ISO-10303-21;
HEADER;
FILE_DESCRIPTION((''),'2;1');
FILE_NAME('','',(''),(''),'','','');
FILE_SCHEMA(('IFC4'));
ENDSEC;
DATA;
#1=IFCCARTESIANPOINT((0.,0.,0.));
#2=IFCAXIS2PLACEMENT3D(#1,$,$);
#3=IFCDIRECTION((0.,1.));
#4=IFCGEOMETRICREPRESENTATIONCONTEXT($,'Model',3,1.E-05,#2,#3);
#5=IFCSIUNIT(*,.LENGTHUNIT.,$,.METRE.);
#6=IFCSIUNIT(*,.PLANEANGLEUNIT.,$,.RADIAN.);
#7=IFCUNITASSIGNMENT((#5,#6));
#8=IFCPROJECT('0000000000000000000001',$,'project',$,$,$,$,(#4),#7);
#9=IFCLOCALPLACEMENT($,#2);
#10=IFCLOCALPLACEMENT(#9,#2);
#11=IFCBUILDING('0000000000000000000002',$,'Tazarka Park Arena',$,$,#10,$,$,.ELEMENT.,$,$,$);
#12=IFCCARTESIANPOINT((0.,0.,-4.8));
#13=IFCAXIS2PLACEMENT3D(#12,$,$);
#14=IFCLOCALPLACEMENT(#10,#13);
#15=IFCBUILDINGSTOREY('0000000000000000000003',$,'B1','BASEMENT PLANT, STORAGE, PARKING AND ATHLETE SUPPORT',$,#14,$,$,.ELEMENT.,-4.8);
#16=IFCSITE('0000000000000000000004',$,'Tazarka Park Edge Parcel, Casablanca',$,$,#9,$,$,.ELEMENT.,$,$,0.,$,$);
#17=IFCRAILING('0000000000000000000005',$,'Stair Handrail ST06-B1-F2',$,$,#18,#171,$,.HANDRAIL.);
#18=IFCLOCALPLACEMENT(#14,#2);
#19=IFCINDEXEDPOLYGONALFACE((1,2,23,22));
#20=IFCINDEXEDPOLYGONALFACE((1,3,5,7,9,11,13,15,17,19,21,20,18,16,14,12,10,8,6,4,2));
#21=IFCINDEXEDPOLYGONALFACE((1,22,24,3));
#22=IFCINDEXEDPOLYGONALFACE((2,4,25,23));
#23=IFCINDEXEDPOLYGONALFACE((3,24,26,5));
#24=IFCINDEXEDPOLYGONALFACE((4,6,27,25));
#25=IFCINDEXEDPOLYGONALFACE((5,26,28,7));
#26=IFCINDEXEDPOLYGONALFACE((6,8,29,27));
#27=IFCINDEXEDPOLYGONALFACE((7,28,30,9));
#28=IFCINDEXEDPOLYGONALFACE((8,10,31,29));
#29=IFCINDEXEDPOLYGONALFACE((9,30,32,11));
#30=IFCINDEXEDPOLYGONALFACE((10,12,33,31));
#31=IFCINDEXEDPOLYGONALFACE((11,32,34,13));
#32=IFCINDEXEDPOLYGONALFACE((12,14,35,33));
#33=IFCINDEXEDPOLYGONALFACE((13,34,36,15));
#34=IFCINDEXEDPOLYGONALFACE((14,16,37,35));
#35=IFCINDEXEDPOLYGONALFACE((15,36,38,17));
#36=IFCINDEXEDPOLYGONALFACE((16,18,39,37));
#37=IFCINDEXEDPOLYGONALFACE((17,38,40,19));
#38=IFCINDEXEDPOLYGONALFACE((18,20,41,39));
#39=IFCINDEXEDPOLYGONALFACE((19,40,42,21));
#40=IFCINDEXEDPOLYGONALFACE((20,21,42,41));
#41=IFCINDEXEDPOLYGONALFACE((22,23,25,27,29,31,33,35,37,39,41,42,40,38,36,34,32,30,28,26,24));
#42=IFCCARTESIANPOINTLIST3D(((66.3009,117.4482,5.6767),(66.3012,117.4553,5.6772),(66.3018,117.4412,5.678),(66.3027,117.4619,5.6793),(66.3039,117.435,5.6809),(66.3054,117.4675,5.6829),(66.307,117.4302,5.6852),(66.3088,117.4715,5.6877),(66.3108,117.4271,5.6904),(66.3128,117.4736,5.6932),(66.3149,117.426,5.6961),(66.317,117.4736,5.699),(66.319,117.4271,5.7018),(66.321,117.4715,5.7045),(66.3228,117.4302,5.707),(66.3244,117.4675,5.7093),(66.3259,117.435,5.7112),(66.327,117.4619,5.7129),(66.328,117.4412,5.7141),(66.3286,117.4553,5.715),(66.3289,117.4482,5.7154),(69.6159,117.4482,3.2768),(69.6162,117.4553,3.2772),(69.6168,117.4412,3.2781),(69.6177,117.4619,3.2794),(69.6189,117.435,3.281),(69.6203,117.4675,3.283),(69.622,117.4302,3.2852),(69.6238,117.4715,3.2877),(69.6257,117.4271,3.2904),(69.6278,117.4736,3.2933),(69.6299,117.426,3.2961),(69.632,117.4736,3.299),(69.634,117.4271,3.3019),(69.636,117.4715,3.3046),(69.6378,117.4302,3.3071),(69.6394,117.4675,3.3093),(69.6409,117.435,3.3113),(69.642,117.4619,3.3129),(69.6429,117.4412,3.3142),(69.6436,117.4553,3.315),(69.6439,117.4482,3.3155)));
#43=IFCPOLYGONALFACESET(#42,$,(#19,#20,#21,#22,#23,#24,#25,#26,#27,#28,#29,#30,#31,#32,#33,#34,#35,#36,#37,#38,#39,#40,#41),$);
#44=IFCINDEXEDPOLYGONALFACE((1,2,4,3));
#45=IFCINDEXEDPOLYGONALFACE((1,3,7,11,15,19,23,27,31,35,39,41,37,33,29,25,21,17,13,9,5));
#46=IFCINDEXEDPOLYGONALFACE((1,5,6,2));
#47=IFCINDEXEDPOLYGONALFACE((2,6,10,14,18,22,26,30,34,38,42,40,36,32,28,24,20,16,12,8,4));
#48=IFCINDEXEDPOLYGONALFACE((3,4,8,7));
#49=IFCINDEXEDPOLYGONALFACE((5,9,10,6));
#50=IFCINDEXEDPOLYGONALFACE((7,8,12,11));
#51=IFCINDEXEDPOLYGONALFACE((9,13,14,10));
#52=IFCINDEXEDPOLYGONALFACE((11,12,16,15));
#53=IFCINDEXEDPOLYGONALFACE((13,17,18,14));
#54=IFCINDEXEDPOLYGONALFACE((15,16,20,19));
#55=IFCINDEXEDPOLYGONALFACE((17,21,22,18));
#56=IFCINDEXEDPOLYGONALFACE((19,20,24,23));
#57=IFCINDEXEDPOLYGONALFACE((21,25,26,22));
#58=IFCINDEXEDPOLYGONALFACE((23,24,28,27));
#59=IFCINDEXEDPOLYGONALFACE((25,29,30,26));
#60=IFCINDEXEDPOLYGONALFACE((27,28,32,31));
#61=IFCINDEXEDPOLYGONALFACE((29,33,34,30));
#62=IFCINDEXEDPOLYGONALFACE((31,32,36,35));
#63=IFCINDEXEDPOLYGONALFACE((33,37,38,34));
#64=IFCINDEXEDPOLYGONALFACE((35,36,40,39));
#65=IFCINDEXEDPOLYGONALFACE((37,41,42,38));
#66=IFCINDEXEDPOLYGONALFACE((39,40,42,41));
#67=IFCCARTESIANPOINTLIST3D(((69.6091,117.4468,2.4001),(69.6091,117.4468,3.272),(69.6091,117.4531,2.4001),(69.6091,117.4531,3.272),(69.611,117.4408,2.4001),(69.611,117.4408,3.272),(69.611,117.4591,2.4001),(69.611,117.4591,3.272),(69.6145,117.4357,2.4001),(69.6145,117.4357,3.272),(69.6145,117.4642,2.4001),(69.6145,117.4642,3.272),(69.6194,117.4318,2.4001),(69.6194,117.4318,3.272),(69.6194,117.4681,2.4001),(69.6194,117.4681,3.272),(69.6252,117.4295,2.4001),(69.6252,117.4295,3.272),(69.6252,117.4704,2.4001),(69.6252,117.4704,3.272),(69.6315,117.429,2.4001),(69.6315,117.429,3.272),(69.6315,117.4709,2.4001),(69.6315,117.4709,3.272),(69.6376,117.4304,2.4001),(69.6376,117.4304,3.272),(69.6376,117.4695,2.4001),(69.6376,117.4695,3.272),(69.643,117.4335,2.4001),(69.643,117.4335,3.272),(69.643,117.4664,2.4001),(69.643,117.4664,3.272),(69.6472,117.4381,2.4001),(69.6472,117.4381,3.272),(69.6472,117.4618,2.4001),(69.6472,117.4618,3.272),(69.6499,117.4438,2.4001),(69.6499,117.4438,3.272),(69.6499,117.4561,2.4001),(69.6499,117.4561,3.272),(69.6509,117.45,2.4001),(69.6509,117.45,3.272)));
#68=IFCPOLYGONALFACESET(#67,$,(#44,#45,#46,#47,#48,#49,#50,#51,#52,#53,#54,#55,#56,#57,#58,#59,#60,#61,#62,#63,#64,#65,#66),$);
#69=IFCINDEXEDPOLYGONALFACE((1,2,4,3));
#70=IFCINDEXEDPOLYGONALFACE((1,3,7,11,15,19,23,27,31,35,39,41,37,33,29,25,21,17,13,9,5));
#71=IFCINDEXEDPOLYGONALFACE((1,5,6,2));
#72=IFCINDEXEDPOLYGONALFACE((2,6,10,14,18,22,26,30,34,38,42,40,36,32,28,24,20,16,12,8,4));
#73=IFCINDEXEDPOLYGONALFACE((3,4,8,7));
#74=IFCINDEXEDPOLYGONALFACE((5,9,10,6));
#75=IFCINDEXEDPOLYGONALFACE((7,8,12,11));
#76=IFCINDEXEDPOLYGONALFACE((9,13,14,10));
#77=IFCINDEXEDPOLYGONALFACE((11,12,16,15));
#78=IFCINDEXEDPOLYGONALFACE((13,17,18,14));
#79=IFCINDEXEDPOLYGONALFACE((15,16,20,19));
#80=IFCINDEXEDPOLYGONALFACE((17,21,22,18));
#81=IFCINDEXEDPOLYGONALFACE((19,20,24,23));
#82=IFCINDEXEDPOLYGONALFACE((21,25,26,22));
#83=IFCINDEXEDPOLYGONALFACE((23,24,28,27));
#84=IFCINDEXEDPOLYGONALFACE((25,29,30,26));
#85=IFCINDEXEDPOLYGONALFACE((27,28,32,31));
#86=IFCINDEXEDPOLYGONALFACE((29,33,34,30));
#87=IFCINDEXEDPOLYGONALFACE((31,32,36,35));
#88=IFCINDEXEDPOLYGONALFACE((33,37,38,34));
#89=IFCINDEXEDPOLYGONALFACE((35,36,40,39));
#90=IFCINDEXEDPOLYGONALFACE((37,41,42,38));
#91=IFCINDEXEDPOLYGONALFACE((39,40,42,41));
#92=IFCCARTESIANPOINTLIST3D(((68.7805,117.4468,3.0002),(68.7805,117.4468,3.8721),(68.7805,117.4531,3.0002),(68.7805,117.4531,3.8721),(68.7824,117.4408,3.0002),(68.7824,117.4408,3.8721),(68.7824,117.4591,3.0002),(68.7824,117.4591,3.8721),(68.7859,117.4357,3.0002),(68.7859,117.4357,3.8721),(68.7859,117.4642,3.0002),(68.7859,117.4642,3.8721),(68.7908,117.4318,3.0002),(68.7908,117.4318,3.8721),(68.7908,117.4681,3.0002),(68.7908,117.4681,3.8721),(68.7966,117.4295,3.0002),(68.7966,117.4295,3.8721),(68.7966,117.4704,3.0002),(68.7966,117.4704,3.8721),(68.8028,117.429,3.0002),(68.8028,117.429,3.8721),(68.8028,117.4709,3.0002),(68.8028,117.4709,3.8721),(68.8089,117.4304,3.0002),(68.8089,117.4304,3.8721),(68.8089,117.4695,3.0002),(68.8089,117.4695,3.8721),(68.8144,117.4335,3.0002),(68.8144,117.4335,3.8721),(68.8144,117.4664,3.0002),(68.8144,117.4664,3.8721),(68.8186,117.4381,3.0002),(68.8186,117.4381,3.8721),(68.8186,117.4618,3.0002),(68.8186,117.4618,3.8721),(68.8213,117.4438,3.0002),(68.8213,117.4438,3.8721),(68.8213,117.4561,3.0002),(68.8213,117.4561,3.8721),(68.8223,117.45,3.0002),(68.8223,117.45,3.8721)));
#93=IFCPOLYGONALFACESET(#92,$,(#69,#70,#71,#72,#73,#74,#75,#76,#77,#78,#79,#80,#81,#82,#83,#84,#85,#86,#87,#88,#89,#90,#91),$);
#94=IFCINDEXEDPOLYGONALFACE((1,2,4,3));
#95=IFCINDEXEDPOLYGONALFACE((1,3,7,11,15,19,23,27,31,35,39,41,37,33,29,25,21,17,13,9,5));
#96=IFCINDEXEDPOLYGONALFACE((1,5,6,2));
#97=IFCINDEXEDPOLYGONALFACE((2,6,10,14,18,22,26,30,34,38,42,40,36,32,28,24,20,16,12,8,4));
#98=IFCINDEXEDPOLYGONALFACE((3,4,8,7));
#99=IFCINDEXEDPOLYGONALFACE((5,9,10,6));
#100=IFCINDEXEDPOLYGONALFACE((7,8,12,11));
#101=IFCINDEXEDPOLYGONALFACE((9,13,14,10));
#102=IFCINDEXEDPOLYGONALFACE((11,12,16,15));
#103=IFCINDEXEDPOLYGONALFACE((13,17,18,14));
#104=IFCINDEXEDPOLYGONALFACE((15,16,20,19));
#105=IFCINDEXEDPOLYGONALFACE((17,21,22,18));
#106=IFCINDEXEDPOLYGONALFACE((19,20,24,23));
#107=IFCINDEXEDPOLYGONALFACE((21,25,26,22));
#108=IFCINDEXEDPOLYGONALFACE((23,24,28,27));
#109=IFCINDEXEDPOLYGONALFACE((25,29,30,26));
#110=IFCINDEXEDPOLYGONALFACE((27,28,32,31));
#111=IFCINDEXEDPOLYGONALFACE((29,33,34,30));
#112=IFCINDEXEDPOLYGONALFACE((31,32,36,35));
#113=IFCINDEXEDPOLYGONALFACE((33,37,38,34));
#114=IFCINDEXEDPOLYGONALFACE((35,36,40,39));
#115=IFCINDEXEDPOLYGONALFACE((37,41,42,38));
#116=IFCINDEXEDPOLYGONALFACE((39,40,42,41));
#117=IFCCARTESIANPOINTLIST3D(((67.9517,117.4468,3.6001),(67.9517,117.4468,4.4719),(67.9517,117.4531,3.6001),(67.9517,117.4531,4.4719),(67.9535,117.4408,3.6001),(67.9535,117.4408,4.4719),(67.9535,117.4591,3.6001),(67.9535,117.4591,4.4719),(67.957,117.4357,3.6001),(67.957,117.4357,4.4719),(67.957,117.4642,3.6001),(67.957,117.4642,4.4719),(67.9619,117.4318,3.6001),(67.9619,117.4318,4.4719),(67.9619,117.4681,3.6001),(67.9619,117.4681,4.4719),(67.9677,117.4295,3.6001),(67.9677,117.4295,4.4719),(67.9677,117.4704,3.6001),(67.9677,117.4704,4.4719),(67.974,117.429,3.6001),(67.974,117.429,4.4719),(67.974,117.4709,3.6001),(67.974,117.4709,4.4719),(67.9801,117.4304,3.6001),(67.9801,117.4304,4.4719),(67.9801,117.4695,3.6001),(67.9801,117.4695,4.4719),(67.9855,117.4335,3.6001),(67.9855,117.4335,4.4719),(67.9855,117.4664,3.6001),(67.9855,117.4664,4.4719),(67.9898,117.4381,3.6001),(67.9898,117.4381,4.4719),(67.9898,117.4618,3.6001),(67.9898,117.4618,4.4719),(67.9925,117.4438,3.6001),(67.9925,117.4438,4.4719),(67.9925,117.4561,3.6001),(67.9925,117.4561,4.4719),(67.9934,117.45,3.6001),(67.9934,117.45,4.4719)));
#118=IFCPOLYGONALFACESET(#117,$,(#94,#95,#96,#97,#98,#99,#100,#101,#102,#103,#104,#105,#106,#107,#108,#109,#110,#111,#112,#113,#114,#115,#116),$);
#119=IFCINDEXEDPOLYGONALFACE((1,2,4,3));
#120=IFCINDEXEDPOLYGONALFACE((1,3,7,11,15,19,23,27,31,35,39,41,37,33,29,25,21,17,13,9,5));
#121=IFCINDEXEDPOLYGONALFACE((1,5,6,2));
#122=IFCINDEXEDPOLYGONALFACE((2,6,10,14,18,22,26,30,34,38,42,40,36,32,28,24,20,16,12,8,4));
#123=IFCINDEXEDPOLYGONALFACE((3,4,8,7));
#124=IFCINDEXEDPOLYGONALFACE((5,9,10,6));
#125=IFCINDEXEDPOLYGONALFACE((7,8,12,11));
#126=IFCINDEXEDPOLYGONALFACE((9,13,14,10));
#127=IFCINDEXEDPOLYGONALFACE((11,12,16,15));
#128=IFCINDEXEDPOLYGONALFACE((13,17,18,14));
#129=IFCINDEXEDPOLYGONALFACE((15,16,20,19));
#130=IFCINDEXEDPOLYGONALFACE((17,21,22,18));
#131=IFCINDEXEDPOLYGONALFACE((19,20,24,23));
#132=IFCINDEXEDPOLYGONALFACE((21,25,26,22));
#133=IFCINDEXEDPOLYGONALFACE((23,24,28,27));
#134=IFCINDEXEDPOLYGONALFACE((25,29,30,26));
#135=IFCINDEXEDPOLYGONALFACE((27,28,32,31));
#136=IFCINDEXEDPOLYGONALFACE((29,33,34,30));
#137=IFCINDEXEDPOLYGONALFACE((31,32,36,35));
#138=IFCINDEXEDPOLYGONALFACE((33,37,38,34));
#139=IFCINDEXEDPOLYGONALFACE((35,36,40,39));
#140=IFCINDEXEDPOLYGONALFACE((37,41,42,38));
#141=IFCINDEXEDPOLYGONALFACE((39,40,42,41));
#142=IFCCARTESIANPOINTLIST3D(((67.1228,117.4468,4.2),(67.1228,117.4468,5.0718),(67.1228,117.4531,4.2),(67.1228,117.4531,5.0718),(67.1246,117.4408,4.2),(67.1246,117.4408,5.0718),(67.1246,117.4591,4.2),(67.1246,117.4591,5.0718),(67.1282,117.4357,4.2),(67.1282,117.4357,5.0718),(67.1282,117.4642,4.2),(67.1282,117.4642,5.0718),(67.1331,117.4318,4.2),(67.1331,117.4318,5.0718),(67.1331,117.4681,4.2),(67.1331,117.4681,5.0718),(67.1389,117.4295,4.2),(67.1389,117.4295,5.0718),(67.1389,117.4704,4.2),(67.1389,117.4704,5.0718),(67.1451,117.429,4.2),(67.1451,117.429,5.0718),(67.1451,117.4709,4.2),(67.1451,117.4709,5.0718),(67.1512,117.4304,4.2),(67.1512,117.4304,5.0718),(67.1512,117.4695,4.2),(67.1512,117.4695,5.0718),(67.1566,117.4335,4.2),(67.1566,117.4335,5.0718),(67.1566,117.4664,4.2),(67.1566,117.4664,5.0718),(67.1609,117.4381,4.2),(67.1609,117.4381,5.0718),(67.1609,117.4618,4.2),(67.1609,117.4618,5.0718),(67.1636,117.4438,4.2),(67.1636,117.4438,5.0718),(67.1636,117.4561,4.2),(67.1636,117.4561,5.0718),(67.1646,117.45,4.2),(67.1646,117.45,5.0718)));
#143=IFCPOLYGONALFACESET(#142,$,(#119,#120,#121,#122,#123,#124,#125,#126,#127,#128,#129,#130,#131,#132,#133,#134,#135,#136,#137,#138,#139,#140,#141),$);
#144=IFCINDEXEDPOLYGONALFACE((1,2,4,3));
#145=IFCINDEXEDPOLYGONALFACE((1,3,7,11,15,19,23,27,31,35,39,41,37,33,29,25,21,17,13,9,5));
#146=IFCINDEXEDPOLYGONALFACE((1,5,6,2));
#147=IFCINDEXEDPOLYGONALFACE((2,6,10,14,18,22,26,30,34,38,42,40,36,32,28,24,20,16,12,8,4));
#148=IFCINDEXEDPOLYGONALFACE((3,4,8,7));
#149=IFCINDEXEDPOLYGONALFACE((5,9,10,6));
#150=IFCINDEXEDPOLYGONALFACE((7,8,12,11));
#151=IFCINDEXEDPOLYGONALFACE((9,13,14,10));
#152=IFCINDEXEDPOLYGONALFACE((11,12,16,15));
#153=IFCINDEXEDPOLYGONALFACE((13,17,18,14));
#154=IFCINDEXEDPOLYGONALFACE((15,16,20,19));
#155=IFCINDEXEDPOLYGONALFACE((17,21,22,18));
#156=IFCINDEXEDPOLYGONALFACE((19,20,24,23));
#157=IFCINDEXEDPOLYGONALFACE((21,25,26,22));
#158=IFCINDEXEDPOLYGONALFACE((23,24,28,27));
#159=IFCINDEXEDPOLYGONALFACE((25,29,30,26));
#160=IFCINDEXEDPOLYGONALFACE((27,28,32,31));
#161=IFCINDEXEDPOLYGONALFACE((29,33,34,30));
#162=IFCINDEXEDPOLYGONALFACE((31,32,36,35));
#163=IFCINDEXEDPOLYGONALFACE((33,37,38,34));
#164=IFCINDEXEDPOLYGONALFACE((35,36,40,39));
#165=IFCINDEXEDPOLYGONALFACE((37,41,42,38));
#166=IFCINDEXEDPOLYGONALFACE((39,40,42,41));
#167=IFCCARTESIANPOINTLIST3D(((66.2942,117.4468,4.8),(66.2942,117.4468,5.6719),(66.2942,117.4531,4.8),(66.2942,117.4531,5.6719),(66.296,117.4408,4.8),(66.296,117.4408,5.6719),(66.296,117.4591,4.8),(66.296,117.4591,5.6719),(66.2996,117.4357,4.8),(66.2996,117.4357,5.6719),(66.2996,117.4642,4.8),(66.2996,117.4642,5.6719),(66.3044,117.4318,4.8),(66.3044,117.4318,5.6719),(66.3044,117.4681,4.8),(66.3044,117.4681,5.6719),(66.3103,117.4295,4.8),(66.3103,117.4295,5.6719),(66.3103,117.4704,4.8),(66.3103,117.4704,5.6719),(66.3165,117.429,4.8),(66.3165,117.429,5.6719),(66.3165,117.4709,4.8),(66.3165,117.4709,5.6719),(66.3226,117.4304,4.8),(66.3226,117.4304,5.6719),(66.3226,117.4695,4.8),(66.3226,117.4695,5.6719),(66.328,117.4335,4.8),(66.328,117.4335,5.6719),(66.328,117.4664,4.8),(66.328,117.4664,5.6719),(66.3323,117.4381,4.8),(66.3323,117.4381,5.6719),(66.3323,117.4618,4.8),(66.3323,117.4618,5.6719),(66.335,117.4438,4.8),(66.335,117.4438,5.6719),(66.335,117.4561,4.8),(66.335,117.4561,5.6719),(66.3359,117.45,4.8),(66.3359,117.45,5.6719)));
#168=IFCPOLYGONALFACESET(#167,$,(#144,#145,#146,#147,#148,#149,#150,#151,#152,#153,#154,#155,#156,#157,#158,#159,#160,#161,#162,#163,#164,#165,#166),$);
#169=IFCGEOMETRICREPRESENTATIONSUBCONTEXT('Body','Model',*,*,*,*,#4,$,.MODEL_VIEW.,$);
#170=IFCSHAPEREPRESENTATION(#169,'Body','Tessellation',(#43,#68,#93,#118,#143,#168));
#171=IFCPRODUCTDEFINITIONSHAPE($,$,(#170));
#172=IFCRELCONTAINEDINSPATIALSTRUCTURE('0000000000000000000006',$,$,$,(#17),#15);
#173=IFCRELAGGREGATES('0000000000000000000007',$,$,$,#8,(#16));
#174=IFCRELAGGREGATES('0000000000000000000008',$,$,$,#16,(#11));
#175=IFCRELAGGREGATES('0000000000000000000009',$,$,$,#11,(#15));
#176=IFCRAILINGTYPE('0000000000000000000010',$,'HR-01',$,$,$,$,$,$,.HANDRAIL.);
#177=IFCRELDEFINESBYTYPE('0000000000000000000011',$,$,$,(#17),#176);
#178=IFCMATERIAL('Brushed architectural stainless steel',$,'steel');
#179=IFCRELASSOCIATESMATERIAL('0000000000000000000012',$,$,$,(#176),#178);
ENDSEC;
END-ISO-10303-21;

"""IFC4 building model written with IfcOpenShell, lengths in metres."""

from ifc_helpers import new_model, si_unit, direction, frame, origin, origin_2d, place, context, subcontext, project, spatial, circle, extrude, material, type_object, element, save


model = new_model("IFC4")

# Units and contexts
model_context = context("Model", 3, precision=1e-05, world=origin(), true_north=direction((0.0, 1.0)))
body_context = subcontext(model_context, "Body", "Model", "MODEL_VIEW")
ifc_project = project(units=[si_unit("LENGTHUNIT", "METRE"), si_unit("PLANEANGLEUNIT", "RADIAN")], contexts=[model_context])

# Site, building, storey
site_placement = place(None, origin())
site = spatial("IfcSite", under=ifc_project, at=site_placement, Name="Tazarka Park Edge Parcel, Casablanca", CompositionType="ELEMENT", RefElevation=0.0)
building_placement = place(site_placement, origin())
building = spatial("IfcBuilding", under=site, at=building_placement, Name="Tazarka Park Arena", CompositionType="ELEMENT")
storey_placement = place(building_placement, frame((0.0, 0.0, -4.8)))
storey = spatial("IfcBuildingStorey", under=building, at=storey_placement, Name="B1", Description="BASEMENT PLANT, STORAGE, PARKING AND ATHLETE SUPPORT", CompositionType="ELEMENT", Elevation=-4.8)

# Railing
ifc_material_1 = material(Name="Brushed architectural stainless steel", Category="steel")
railing_type_1 = type_object("IfcRailingType", Name="HR-01", PredefinedType="HANDRAIL", material=ifc_material_1)
railing_1_placement = place(storey_placement, frame((69.6299, 117.45, 2.4001)))
element("IfcRailing", 1, at=railing_1_placement, inside=storey, type_object=railing_type_1, Name="Stair Handrail ST06-B1-F2", PredefinedType="HANDRAIL", context=body_context, shape_type="SweptSolid", body=[
    extrude(circle(Radius=0.0239, at=origin_2d()), frame((0.0, 0.0, 0.896), z_axis=(-0.810009, 0.0, 0.586418), x_axis=(0.0, -1.0, 0.0)), (0.0, 0.0, 1.0), 4.0925),
    extrude(circle(Radius=0.021, at=origin_2d()), origin(), (0.0, 0.0, 1.0), 0.8718),
    extrude(circle(Radius=0.021, at=origin_2d()), frame((-0.8286, 0.0, 0.6001)), (0.0, 0.0, 1.0), 0.8718),
    extrude(circle(Radius=0.021, at=origin_2d()), frame((-1.6575, 0.0, 1.2)), (0.0, 0.0, 1.0), 0.8718),
    extrude(circle(Radius=0.021, at=origin_2d()), frame((-2.4863, 0.0, 1.7998)), (0.0, 0.0, 1.0), 0.8718),
    extrude(circle(Radius=0.021, at=origin_2d()), frame((-3.3149, 0.0, 2.3999)), (0.0, 0.0, 1.0), 0.8718),
])

save(model, "model.ifc")
